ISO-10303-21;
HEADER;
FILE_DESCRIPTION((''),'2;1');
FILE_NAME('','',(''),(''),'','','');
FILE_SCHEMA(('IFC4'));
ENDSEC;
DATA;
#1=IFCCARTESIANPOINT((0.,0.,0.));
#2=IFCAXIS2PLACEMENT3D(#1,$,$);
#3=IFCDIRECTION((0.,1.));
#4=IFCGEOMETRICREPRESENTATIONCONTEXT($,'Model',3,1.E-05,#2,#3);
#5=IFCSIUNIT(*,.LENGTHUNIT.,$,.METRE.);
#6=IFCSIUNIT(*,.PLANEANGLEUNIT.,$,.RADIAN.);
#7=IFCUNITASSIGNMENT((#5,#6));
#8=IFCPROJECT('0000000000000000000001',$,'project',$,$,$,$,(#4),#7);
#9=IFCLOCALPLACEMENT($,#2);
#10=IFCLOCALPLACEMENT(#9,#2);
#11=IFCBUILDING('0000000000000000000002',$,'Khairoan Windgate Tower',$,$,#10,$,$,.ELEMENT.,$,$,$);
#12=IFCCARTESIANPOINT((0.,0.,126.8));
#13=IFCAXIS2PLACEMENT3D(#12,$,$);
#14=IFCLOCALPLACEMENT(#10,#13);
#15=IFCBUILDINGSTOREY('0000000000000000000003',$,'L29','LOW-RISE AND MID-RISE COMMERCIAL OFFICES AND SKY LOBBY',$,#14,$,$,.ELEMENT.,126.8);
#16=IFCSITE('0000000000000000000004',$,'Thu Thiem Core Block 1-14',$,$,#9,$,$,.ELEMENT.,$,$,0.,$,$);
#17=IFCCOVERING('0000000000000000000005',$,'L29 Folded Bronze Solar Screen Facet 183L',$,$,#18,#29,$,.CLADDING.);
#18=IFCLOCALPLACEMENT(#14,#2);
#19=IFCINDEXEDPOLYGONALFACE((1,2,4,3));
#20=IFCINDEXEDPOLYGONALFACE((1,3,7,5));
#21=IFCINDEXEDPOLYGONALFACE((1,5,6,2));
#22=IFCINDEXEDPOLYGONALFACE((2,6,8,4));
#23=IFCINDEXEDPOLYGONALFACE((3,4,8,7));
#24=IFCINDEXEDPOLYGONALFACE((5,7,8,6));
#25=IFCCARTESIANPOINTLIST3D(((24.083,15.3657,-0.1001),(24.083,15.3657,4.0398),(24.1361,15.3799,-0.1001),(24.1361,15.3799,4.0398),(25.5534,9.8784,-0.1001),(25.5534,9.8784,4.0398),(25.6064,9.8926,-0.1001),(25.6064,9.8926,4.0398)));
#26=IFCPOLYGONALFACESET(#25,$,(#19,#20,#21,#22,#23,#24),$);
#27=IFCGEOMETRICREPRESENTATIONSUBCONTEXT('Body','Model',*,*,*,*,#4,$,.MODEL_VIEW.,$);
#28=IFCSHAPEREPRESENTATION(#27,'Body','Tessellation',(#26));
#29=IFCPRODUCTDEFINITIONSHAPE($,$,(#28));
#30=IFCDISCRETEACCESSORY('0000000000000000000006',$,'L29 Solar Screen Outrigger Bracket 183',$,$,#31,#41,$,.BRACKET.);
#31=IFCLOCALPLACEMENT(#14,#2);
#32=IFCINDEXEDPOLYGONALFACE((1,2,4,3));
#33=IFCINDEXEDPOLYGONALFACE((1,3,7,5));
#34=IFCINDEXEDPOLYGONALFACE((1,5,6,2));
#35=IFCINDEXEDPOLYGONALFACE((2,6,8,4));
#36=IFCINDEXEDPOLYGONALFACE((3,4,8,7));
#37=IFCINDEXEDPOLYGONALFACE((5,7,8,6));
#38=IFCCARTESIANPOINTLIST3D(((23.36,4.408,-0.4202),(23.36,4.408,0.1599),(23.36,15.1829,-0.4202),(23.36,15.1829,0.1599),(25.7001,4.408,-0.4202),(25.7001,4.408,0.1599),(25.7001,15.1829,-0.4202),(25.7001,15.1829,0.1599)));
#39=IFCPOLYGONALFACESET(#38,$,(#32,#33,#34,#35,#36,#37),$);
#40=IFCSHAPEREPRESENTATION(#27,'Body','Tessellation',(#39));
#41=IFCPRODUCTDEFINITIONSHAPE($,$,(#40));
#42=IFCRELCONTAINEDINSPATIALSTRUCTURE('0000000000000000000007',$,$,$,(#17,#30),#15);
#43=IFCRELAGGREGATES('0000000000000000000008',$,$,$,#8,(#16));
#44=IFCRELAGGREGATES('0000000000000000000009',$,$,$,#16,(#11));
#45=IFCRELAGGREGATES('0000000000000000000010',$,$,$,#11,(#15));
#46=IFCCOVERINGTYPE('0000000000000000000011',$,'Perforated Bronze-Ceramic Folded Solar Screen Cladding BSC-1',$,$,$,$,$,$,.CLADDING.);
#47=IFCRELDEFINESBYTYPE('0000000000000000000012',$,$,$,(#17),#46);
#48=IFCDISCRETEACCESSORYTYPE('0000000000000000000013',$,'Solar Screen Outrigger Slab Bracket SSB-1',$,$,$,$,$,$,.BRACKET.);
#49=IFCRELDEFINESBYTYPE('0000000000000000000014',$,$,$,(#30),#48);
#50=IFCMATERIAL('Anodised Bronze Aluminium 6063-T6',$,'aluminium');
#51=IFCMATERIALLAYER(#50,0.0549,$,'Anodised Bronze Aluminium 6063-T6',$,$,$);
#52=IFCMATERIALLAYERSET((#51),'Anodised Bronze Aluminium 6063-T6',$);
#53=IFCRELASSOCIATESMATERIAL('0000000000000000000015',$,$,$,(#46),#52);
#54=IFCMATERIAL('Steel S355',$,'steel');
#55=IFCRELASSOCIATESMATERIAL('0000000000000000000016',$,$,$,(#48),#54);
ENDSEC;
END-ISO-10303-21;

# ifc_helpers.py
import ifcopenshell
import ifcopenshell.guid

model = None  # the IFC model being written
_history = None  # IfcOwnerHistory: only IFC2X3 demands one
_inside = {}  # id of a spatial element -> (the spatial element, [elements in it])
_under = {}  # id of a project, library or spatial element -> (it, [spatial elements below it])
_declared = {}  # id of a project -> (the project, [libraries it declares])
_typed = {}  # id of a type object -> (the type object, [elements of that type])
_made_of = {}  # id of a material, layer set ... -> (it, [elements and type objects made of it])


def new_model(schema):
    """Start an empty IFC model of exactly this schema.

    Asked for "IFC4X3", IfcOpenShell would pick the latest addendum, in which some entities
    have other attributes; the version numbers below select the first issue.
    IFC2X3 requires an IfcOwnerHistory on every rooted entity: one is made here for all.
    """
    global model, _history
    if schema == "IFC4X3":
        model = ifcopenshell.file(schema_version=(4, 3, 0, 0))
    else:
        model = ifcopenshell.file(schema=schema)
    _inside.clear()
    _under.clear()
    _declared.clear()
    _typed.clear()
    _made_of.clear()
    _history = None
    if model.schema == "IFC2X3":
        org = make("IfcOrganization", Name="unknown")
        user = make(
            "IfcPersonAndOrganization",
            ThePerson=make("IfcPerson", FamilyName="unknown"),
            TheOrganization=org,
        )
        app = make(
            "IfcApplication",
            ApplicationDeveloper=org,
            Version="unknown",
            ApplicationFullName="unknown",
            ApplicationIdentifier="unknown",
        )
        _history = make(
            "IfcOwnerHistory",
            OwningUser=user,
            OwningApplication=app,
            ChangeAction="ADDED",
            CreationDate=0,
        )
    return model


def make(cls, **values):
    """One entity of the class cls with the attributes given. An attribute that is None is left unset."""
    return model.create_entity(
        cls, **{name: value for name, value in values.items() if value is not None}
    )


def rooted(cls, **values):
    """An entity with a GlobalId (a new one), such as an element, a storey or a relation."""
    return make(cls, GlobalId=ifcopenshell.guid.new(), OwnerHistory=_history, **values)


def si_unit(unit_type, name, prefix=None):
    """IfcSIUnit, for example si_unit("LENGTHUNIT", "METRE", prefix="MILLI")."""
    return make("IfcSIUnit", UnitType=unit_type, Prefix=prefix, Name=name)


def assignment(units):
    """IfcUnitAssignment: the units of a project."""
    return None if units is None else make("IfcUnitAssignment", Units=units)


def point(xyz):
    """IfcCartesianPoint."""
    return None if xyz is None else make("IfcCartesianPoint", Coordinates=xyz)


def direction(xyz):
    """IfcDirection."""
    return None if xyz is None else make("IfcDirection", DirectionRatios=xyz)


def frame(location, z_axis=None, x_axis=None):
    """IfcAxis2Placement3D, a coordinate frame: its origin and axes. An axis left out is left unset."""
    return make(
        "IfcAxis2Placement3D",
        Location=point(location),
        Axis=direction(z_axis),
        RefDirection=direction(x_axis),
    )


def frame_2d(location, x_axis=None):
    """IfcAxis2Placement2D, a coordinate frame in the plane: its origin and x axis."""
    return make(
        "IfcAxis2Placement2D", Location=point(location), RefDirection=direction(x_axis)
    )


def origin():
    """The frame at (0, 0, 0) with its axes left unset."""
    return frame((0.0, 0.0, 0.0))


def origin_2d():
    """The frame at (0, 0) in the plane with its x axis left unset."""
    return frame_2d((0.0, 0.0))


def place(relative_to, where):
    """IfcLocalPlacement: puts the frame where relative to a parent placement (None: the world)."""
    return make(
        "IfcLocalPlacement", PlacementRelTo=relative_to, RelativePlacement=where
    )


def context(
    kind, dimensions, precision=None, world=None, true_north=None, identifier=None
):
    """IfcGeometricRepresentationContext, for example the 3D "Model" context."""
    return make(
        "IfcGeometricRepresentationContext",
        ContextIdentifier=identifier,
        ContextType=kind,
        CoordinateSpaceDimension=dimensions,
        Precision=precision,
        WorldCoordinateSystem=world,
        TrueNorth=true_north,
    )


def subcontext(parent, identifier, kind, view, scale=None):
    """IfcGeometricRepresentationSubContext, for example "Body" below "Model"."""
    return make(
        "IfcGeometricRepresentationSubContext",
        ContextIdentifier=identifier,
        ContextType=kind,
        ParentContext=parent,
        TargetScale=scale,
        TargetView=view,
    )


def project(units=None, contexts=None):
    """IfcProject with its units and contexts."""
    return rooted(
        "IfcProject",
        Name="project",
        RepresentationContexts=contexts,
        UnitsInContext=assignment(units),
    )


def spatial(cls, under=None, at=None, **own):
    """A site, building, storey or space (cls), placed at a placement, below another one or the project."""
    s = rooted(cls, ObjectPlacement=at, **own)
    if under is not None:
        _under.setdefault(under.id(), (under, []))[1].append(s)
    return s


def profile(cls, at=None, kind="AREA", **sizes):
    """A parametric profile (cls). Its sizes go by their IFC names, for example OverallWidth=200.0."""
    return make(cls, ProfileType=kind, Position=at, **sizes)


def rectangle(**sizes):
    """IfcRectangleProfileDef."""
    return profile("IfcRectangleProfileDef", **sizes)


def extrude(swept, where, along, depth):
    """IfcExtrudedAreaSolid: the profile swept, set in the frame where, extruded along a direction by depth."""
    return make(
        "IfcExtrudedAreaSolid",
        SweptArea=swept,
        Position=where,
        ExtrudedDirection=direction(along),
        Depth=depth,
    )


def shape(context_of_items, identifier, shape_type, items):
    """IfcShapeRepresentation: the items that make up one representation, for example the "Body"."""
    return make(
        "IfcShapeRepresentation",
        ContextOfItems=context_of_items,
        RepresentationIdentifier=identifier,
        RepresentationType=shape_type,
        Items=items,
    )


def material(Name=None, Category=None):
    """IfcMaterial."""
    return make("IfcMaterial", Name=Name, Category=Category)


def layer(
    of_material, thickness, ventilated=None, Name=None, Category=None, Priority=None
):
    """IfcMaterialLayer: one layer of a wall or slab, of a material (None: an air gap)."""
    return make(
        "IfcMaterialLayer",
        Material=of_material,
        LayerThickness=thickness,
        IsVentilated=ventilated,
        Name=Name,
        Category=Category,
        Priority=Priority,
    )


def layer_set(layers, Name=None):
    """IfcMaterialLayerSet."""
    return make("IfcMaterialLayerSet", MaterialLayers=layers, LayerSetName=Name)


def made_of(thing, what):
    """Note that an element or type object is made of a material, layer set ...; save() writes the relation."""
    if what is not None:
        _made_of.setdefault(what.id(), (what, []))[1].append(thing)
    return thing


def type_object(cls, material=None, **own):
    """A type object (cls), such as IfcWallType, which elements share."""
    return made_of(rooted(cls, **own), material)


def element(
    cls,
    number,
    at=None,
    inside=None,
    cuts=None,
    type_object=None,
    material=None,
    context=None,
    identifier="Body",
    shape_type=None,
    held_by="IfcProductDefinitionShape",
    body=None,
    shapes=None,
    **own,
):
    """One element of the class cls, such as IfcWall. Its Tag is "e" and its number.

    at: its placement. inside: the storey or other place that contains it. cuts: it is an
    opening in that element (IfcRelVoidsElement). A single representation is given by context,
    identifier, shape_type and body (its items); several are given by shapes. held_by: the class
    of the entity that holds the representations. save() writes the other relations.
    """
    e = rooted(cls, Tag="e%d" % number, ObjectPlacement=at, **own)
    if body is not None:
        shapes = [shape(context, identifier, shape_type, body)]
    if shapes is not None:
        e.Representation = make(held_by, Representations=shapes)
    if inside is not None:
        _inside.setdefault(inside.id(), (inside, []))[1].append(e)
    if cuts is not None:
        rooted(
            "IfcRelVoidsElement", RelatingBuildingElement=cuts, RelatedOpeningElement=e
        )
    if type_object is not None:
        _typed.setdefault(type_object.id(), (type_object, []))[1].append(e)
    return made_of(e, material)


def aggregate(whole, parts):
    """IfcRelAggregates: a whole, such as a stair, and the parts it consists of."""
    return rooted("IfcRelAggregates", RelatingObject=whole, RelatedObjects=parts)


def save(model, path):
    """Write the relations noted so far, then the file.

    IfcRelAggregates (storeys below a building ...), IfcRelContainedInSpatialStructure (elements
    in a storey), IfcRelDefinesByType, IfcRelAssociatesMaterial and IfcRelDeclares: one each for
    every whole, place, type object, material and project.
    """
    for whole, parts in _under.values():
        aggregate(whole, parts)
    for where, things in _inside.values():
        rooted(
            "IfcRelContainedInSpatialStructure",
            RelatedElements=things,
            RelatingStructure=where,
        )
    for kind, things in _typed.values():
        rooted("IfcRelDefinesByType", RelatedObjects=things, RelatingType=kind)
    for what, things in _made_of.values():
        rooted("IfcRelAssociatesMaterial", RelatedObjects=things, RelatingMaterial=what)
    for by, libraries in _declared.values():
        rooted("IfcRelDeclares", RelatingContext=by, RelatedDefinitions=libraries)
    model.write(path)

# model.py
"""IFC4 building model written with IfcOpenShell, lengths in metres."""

from ifc_helpers import new_model, si_unit, direction, frame, origin, origin_2d, place, context, subcontext, project, spatial, rectangle, extrude, material, layer, layer_set, type_object, element, save


model = new_model("IFC4")

# Units and contexts
model_context = context("Model", 3, precision=1e-05, world=origin(), true_north=direction((0.0, 1.0)))
body_context = subcontext(model_context, "Body", "Model", "MODEL_VIEW")
ifc_project = project(units=[si_unit("LENGTHUNIT", "METRE"), si_unit("PLANEANGLEUNIT", "RADIAN")], contexts=[model_context])

# Site, building, storey
site_placement = place(None, origin())
site = spatial("IfcSite", under=ifc_project, at=site_placement, Name="Thu Thiem Core Block 1-14", CompositionType="ELEMENT", RefElevation=0.0)
building_placement = place(site_placement, origin())
building = spatial("IfcBuilding", under=site, at=building_placement, Name="Khairoan Windgate Tower", CompositionType="ELEMENT")
storey_placement = place(building_placement, frame((0.0, 0.0, 126.8)))
storey = spatial("IfcBuildingStorey", under=building, at=storey_placement, Name="L29", Description="LOW-RISE AND MID-RISE COMMERCIAL OFFICES AND SKY LOBBY", CompositionType="ELEMENT", Elevation=126.8)

# Covering
ifc_material_1 = material(Name="Anodised Bronze Aluminium 6063-T6", Category="aluminium")
ifc_layer_1 = layer(ifc_material_1, 0.0549, Name="Anodised Bronze Aluminium 6063-T6")
ifc_layer_set_1 = layer_set([ifc_layer_1], Name="Anodised Bronze Aluminium 6063-T6")
covering_type = type_object("IfcCoveringType", Name="Perforated Bronze-Ceramic Folded Solar Screen Cladding BSC-1", PredefinedType="CLADDING", material=ifc_layer_set_1)
covering_placement = place(storey_placement, frame((24.8447, 12.6292, -0.1001), z_axis=(0.0, 0.0, 1.0), x_axis=(0.258819, -0.965926, 0.0)))
element("IfcCovering", 1, at=covering_placement, inside=storey, type_object=covering_type, Name="L29 Folded Bronze Solar Screen Facet 183L", PredefinedType="CLADDING", context=body_context, shape_type="SweptSolid", body=[
    extrude(rectangle(XDim=5.6809, YDim=0.0549, at=origin_2d()), origin(), (0.0, 0.0, 1.0), 4.1399),
])

# Discrete accessory
ifc_material_2 = material(Name="Steel S355", Category="steel")
discrete_accessory_type = type_object("IfcDiscreteAccessoryType", Name="Solar Screen Outrigger Slab Bracket SSB-1", PredefinedType="BRACKET", material=ifc_material_2)
discrete_accessory_placement = place(storey_placement, frame((24.53, 9.7954, -0.4202), z_axis=(0.0, 0.0, 1.0), x_axis=(0.0, -1.0, 0.0)))
element("IfcDiscreteAccessory", 2, at=discrete_accessory_placement, inside=storey, type_object=discrete_accessory_type, Name="L29 Solar Screen Outrigger Bracket 183", PredefinedType="BRACKET", context=body_context, shape_type="SweptSolid", body=[
    extrude(rectangle(XDim=10.7749, YDim=2.3401, at=origin_2d()), origin(), (0.0, 0.0, 1.0), 0.5801),
])

save(model, "model.ifc")
